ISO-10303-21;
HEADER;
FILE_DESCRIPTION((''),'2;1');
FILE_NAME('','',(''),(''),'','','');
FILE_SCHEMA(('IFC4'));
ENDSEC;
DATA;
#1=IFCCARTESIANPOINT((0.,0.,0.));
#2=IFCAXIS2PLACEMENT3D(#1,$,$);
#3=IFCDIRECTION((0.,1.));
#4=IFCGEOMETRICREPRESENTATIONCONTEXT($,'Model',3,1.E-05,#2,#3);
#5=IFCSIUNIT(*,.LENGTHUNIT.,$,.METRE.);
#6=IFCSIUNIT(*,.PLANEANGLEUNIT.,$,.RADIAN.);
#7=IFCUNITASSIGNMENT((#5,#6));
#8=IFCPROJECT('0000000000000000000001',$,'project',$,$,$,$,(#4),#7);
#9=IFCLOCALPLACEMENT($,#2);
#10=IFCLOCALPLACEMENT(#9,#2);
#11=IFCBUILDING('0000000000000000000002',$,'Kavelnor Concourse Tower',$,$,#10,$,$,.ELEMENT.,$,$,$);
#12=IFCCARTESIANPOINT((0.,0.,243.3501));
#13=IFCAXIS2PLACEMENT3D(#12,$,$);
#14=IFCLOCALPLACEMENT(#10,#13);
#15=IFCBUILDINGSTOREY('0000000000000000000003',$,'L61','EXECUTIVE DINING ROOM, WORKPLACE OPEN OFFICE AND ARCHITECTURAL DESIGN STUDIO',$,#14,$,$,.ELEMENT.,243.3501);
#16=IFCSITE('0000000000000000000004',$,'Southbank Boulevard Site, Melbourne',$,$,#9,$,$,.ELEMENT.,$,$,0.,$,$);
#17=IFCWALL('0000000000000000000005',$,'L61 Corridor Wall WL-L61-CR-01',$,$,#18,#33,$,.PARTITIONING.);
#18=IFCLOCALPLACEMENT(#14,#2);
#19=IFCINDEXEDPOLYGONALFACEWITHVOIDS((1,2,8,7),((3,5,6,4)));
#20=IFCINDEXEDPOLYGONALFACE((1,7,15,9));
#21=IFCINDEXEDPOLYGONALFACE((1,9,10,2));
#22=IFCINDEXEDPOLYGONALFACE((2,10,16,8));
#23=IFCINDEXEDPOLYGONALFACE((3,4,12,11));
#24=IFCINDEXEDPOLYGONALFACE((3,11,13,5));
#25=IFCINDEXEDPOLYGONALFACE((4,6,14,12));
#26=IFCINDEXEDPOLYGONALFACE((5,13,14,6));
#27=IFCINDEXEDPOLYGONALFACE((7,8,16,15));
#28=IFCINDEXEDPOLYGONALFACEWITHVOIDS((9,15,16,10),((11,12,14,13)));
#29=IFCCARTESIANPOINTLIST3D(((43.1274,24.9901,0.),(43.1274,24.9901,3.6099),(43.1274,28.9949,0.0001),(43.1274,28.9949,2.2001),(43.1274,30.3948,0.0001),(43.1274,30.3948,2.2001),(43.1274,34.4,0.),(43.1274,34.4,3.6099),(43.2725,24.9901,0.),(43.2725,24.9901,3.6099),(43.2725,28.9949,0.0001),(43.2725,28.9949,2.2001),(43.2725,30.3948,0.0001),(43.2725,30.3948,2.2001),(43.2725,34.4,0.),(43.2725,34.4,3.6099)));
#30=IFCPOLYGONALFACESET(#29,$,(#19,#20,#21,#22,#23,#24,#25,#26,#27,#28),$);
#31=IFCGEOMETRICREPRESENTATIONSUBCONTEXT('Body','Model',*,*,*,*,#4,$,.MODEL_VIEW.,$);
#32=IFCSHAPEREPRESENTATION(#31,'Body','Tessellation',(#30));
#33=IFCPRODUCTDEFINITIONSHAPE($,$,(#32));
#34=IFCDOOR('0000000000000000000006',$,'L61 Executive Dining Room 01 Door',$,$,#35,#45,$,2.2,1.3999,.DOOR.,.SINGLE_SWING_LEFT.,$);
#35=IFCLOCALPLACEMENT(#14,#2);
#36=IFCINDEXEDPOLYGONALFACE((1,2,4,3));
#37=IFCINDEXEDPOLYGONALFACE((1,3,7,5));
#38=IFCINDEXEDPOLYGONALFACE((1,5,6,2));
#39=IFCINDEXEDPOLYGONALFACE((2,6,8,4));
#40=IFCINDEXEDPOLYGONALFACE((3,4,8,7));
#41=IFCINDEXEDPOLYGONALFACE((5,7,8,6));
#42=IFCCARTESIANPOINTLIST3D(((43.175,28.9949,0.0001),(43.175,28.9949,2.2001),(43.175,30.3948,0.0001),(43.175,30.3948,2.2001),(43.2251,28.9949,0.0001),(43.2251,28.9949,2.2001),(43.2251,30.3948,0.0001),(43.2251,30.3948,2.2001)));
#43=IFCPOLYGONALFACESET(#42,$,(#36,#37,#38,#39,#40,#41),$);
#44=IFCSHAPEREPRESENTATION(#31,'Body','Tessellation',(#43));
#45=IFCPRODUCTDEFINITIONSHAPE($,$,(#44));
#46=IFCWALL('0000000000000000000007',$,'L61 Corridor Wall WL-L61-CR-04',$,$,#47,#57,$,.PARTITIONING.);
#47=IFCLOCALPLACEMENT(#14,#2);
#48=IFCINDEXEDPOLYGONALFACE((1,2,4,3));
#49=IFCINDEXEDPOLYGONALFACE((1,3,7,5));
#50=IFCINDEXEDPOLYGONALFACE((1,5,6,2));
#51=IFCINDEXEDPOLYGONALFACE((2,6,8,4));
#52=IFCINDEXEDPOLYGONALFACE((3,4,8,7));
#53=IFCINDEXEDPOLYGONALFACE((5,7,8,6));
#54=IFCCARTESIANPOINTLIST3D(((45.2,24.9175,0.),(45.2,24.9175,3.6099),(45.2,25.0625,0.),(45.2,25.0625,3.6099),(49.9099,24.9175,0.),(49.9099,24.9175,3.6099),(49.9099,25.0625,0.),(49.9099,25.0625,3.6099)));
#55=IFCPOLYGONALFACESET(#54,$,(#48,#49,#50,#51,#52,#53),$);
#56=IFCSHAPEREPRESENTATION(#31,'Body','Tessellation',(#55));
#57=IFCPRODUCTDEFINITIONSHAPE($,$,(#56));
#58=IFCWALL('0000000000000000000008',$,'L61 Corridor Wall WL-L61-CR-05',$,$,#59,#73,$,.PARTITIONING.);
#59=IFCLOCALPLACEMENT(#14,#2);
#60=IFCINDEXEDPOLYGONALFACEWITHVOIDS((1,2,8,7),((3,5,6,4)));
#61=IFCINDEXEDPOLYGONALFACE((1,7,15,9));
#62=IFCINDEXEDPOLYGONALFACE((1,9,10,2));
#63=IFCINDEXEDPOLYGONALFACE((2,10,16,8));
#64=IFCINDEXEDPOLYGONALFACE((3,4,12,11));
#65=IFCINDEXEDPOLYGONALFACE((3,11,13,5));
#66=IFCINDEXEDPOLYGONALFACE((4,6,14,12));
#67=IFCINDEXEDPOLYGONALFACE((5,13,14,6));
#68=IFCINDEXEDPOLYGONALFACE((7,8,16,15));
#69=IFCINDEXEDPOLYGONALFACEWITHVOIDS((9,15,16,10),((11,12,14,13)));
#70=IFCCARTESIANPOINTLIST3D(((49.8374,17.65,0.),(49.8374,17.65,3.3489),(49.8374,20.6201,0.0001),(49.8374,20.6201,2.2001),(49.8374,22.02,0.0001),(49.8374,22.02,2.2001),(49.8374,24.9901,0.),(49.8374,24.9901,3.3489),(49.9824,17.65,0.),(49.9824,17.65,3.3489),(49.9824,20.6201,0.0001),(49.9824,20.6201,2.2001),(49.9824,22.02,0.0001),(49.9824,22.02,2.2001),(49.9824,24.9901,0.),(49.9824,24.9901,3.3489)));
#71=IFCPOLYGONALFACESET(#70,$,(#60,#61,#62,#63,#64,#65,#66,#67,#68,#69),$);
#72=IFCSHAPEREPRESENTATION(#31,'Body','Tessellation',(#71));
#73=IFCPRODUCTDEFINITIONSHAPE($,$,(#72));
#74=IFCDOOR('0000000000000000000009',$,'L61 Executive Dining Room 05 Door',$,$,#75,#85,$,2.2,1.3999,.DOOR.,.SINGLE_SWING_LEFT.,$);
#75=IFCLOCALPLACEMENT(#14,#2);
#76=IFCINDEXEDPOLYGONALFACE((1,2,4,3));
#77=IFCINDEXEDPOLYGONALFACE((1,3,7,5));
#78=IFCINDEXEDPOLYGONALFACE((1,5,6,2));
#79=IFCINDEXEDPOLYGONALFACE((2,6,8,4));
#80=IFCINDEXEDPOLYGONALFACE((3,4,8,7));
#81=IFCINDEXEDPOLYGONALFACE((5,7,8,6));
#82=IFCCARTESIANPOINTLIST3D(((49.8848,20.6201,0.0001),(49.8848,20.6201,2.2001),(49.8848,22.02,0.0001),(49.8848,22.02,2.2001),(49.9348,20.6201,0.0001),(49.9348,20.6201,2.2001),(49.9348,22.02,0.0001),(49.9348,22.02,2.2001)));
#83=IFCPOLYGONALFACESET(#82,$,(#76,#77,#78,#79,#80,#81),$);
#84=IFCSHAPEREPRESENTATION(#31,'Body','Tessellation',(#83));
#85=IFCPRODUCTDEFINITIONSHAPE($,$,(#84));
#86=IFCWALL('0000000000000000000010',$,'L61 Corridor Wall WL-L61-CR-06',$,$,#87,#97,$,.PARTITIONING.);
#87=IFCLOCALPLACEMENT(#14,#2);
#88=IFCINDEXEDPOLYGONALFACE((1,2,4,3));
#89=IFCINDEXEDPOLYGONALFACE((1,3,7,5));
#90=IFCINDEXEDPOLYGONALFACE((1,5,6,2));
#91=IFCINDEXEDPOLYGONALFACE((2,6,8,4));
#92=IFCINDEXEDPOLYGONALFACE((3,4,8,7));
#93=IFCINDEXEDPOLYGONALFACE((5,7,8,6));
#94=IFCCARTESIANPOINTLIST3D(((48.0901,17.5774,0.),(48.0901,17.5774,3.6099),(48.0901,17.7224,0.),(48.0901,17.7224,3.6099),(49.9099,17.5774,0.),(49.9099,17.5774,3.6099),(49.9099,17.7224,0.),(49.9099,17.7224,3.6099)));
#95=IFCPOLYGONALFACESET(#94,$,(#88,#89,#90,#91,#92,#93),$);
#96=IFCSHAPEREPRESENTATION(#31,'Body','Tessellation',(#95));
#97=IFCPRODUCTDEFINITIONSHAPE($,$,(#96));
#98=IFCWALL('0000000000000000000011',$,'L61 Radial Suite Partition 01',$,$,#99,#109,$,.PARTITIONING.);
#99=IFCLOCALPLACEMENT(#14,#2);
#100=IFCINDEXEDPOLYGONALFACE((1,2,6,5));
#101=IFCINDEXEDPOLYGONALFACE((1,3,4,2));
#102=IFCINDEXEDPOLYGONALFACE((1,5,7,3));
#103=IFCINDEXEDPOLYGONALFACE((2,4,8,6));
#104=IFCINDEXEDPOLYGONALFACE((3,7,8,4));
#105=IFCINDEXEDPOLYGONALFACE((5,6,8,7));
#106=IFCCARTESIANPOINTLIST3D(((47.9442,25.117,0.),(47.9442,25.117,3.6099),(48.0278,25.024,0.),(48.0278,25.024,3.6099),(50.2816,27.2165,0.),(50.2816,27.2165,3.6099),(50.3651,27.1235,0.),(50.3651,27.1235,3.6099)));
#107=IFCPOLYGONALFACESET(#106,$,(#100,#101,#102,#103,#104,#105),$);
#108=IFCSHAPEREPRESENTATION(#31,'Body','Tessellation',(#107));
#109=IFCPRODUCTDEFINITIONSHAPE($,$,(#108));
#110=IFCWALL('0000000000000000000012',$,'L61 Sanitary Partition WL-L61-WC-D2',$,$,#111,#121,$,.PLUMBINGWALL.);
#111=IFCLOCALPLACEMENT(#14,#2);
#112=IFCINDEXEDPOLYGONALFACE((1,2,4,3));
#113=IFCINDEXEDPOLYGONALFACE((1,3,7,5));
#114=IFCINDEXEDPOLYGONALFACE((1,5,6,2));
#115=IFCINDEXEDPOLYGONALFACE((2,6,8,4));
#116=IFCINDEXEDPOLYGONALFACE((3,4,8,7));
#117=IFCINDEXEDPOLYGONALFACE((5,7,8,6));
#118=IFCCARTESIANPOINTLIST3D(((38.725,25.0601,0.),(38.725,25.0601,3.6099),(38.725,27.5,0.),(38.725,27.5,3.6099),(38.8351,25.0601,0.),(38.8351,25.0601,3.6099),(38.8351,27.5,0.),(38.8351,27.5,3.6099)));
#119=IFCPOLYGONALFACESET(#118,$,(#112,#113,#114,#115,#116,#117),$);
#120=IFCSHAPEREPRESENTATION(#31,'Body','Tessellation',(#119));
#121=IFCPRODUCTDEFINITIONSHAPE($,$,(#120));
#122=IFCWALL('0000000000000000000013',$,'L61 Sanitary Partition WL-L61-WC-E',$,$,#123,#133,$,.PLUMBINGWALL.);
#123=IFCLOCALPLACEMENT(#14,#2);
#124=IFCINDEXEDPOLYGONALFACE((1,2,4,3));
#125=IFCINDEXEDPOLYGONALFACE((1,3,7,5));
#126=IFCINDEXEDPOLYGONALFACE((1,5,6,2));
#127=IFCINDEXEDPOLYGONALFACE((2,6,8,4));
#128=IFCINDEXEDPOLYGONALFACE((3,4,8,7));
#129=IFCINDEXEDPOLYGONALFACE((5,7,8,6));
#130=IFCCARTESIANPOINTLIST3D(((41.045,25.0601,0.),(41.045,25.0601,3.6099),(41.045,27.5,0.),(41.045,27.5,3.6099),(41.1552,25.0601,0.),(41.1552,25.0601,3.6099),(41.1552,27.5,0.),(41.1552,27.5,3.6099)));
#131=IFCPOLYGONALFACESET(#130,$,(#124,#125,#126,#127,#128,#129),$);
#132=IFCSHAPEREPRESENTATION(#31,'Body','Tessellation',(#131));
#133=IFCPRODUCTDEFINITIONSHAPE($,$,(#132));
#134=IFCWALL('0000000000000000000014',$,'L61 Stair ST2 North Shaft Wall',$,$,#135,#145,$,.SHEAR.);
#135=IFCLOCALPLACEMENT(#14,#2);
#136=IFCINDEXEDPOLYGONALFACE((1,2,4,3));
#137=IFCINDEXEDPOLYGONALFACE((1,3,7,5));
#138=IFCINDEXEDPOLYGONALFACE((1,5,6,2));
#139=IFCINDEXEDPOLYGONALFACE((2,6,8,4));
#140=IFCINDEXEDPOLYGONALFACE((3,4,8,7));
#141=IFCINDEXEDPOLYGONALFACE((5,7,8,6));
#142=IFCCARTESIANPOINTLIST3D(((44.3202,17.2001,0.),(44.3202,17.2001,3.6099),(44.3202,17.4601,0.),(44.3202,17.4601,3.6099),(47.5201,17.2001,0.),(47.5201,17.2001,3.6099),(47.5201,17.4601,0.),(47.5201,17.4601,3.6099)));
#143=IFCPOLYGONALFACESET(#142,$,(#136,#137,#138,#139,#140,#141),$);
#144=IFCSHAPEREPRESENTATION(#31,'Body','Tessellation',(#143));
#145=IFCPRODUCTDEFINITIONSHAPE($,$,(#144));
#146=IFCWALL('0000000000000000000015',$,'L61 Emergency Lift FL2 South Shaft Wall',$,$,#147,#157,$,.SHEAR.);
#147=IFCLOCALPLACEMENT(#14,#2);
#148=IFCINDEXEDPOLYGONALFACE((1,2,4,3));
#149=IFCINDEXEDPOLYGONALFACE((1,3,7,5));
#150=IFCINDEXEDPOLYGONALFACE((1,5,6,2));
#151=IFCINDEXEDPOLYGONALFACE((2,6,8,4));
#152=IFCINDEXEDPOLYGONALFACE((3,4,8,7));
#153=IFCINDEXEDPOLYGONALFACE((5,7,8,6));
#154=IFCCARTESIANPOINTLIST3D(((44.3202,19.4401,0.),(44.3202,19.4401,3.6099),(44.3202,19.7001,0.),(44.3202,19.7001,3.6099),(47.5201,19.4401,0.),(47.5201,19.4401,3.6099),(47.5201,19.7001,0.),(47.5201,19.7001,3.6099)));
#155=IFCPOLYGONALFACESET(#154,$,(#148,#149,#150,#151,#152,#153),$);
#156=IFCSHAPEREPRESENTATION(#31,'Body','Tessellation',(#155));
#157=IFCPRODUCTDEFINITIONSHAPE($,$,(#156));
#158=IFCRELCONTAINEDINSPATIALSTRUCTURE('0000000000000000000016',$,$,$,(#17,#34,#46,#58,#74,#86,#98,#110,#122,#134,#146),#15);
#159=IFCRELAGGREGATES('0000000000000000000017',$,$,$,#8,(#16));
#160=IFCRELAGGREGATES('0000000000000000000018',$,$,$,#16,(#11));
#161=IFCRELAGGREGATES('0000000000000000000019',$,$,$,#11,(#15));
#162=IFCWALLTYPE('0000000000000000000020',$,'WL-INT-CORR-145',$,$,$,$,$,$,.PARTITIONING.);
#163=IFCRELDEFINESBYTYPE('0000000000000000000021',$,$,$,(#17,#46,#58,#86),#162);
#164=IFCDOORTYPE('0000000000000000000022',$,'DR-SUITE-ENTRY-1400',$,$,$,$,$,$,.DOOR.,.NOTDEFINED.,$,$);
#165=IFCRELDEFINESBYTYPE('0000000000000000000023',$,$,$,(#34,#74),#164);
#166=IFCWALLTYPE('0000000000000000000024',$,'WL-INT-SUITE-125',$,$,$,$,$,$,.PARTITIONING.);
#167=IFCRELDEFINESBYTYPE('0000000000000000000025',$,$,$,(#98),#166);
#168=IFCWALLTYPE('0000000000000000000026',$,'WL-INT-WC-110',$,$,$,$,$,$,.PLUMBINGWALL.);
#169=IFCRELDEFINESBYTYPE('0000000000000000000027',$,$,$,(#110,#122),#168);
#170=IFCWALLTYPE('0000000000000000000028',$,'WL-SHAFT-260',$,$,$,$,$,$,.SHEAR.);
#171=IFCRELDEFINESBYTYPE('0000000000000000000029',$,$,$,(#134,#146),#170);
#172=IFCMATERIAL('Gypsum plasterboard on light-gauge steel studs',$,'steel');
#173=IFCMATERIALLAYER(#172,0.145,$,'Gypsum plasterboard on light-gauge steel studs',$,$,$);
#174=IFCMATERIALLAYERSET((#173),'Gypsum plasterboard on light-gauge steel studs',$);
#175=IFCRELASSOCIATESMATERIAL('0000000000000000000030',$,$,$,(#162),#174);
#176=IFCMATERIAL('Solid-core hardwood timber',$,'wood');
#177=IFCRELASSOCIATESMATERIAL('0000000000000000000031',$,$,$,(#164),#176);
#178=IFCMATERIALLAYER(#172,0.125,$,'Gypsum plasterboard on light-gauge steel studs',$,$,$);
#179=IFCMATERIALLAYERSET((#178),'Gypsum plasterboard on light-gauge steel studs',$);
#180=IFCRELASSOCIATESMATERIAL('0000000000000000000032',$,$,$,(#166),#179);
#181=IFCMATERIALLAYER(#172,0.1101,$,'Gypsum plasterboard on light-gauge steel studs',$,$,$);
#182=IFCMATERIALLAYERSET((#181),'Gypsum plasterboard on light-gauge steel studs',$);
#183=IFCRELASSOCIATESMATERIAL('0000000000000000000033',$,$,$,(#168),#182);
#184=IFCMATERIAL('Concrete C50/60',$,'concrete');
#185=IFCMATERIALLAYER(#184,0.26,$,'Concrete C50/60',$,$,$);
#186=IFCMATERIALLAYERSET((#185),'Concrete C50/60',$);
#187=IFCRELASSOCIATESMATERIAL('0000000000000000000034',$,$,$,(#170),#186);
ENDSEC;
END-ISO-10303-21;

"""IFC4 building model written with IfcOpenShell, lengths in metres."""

from ifc_helpers import new_model, si_unit, direction, frame, frame_2d, origin, place, context, subcontext, project, spatial, rectangle, extrude, material, layer, layer_set, type_object, element, fill, save


model = new_model("IFC4")

# Units and contexts
model_context = context("Model", 3, precision=1e-05, world=origin(), true_north=direction((0.0, 1.0)))
body_context = subcontext(model_context, "Body", "Model", "MODEL_VIEW")
ifc_project = project(units=[si_unit("LENGTHUNIT", "METRE"), si_unit("PLANEANGLEUNIT", "RADIAN")], contexts=[model_context])

# Site, building, storey
site_placement = place(None, origin())
site = spatial("IfcSite", under=ifc_project, at=site_placement, Name="Southbank Boulevard Site, Melbourne", CompositionType="ELEMENT", RefElevation=0.0)
building_placement = place(site_placement, origin())
building = spatial("IfcBuilding", under=site, at=building_placement, Name="Kavelnor Concourse Tower", CompositionType="ELEMENT")
storey_placement = place(building_placement, frame((0.0, 0.0, 243.3501)))
storey = spatial("IfcBuildingStorey", under=building, at=storey_placement, Name="L61", Description="EXECUTIVE DINING ROOM, WORKPLACE OPEN OFFICE AND ARCHITECTURAL DESIGN STUDIO", CompositionType="ELEMENT", Elevation=243.3501)

# Wall, opening, door
ifc_material_1 = material(Name="Gypsum plasterboard on light-gauge steel studs", Category="steel")
ifc_layer_1 = layer(ifc_material_1, 0.145, Name="Gypsum plasterboard on light-gauge steel studs")
ifc_layer_set_1 = layer_set([ifc_layer_1], Name="Gypsum plasterboard on light-gauge steel studs")
wall_type_1 = type_object("IfcWallType", Name="WL-INT-CORR-145", PredefinedType="PARTITIONING", material=ifc_layer_set_1)
wall_1_placement = place(storey_placement, frame((43.2, 24.99, 0.0), z_axis=(0.0, 0.0, 1.0), x_axis=(0.0, 1.0, 0.0)))
wall_1 = element("IfcWall", 1, at=wall_1_placement, inside=storey, type_object=wall_type_1, Name="L61 Corridor Wall WL-L61-CR-01", PredefinedType="PARTITIONING", context=body_context, shape_type="SweptSolid", body=[
    extrude(rectangle(XDim=9.4099, YDim=0.145, at=frame_2d((4.7051, 0.0))), origin(), (0.0, 0.0, 1.0), 3.6099),
])
opening_1_placement = place(wall_1_placement, frame((4.0049, 0.0, 0.0)))
opening_1 = element("IfcOpeningElement", 2, at=opening_1_placement, cuts=wall_1, PredefinedType="OPENING", context=body_context, shape_type="SweptSolid", body=[
    extrude(rectangle(XDim=1.3999, YDim=2.2, at=frame_2d((0.7, 1.1001))), frame((0.0, 0.0825, 0.0), z_axis=(0.0, -1.0, 0.0), x_axis=(1.0, 0.0, 0.0)), (0.0, 0.0, 1.0), 0.165),
])
ifc_material_2 = material(Name="Solid-core hardwood timber", Category="wood")
door_type = type_object("IfcDoorType", Name="DR-SUITE-ENTRY-1400", OperationType="NOTDEFINED", PredefinedType="DOOR", material=ifc_material_2)
door_1_placement = place(opening_1_placement, origin())
door_1 = element("IfcDoor", 3, at=door_1_placement, inside=storey, type_object=door_type, Name="L61 Executive Dining Room 01 Door", OperationType="SINGLE_SWING_LEFT", OverallHeight=2.2, OverallWidth=1.3999, PredefinedType="DOOR", context=body_context, shape_type="SweptSolid", body=[
    extrude(rectangle(XDim=1.3999, YDim=2.2, at=frame_2d((0.7, 1.1001))), frame((0.0, 0.0249, 0.0), z_axis=(0.0, -1.0, 0.0), x_axis=(1.0, 0.0, 0.0)), (0.0, 0.0, 1.0), 0.05),
])
fill(opening_1, door_1)

# Wall
wall_2_placement = place(storey_placement, frame((45.2, 24.99, 0.0), z_axis=(0.0, 0.0, 1.0), x_axis=(1.0, 0.0, 0.0)))
element("IfcWall", 4, at=wall_2_placement, inside=storey, type_object=wall_type_1, Name="L61 Corridor Wall WL-L61-CR-04", PredefinedType="PARTITIONING", context=body_context, shape_type="SweptSolid", body=[
    extrude(rectangle(XDim=4.71, YDim=0.145, at=frame_2d((2.355, 0.0))), origin(), (0.0, 0.0, 1.0), 3.6099),
])

# Wall, opening, door
wall_3_placement = place(storey_placement, frame((49.9099, 24.99, 0.0), z_axis=(0.0, 0.0, 1.0), x_axis=(0.0, -1.0, 0.0)))
wall_3 = element("IfcWall", 5, at=wall_3_placement, inside=storey, type_object=wall_type_1, Name="L61 Corridor Wall WL-L61-CR-05", PredefinedType="PARTITIONING", context=body_context, shape_type="SweptSolid", body=[
    extrude(rectangle(XDim=7.3401, YDim=0.145, at=frame_2d((3.6699, 0.0))), origin(), (0.0, 0.0, 1.0), 3.3489),
])
opening_2_placement = place(wall_3_placement, frame((2.97, 0.0, 0.0)))
opening_2 = element("IfcOpeningElement", 6, at=opening_2_placement, cuts=wall_3, PredefinedType="OPENING", context=body_context, shape_type="SweptSolid", body=[
    extrude(rectangle(XDim=1.3999, YDim=2.2, at=frame_2d((0.7, 1.1001))), frame((0.0, 0.0825, 0.0), z_axis=(0.0, -1.0, 0.0), x_axis=(1.0, 0.0, 0.0)), (0.0, 0.0, 1.0), 0.165),
])
door_2_placement = place(opening_2_placement, origin())
door_2 = element("IfcDoor", 7, at=door_2_placement, inside=storey, type_object=door_type, Name="L61 Executive Dining Room 05 Door", OperationType="SINGLE_SWING_LEFT", OverallHeight=2.2, OverallWidth=1.3999, PredefinedType="DOOR", context=body_context, shape_type="SweptSolid", body=[
    extrude(rectangle(XDim=1.3999, YDim=2.2, at=frame_2d((0.7, 1.1001))), frame((0.0, 0.0249, 0.0), z_axis=(0.0, -1.0, 0.0), x_axis=(1.0, 0.0, 0.0)), (0.0, 0.0, 1.0), 0.05),
])
fill(opening_2, door_2)

# Walls
wall_4_placement = place(storey_placement, frame((49.9099, 17.6499, 0.0), z_axis=(0.0, 0.0, 1.0), x_axis=(-1.0, 0.0, 0.0)))
element("IfcWall", 8, at=wall_4_placement, inside=storey, type_object=wall_type_1, Name="L61 Corridor Wall WL-L61-CR-06", PredefinedType="PARTITIONING", context=body_context, shape_type="SweptSolid", body=[
    extrude(rectangle(XDim=1.8198, YDim=0.145, at=frame_2d((0.9099, 0.0))), origin(), (0.0, 0.0, 1.0), 3.6099),
])
ifc_layer_2 = layer(ifc_material_1, 0.125, Name="Gypsum plasterboard on light-gauge steel studs")
ifc_layer_set_2 = layer_set([ifc_layer_2], Name="Gypsum plasterboard on light-gauge steel studs")
wall_type_2 = type_object("IfcWallType", Name="WL-INT-SUITE-125", PredefinedType="PARTITIONING", material=ifc_layer_set_2)
wall_5_placement = place(storey_placement, frame((47.9861, 25.0706, 0.0), z_axis=(0.0, 0.0, 1.0), x_axis=(0.743935, 0.668252, 0.0)))
element("IfcWall", 9, at=wall_5_placement, inside=storey, type_object=wall_type_2, Name="L61 Radial Suite Partition 01", PredefinedType="PARTITIONING", context=body_context, shape_type="SweptSolid", body=[
    extrude(rectangle(XDim=3.1418, YDim=0.125, at=frame_2d((1.5708, 0.0))), origin(), (0.0, 0.0, 1.0), 3.6099),
])
ifc_layer_3 = layer(ifc_material_1, 0.1101, Name="Gypsum plasterboard on light-gauge steel studs")
ifc_layer_set_3 = layer_set([ifc_layer_3], Name="Gypsum plasterboard on light-gauge steel studs")
wall_type_3 = type_object("IfcWallType", Name="WL-INT-WC-110", PredefinedType="PLUMBINGWALL", material=ifc_layer_set_3)
for number, where, z_axis, x_axis, name in (
    (10, (38.78, 25.0601, 0.0), (0.0, 0.0, 1.0), (0.0, 1.0, 0.0), "L61 Sanitary Partition WL-L61-WC-D2"),
    (11, (41.1001, 25.0601, 0.0), (0.0, 0.0, 1.0), (0.0, 1.0, 0.0), "L61 Sanitary Partition WL-L61-WC-E"),
):
    element("IfcWall", number, at=place(storey_placement, frame(where, z_axis=z_axis, x_axis=x_axis)), inside=storey, type_object=wall_type_3, Name=name, PredefinedType="PLUMBINGWALL", context=body_context, shape_type="SweptSolid", body=[
        extrude(rectangle(XDim=2.4399, YDim=0.1101, at=frame_2d((1.22, 0.0))), origin(), (0.0, 0.0, 1.0), 3.6099),
    ])
ifc_material_3 = material(Name="Concrete C50/60", Category="concrete")
ifc_layer_4 = layer(ifc_material_3, 0.26, Name="Concrete C50/60")
ifc_layer_set_4 = layer_set([ifc_layer_4], Name="Concrete C50/60")
wall_type_4 = type_object("IfcWallType", Name="WL-SHAFT-260", PredefinedType="SHEAR", material=ifc_layer_set_4)
for number, where, z_axis, x_axis, name in (
    (12, (44.3201, 17.3301, 0.0), (0.0, 0.0, 1.0), (1.0, 0.0, 0.0), "L61 Stair ST2 North Shaft Wall"),
    (13, (44.3201, 19.5701, 0.0), (0.0, 0.0, 1.0), (1.0, 0.0, 0.0), "L61 Emergency Lift FL2 South Shaft Wall"),
):
    element("IfcWall", number, at=place(storey_placement, frame(where, z_axis=z_axis, x_axis=x_axis)), inside=storey, type_object=wall_type_4, Name=name, PredefinedType="SHEAR", context=body_context, shape_type="SweptSolid", body=[
        extrude(rectangle(XDim=3.2, YDim=0.26, at=frame_2d((1.6001, 0.0))), origin(), (0.0, 0.0, 1.0), 3.6099),
    ])

save(model, "model.ifc")
